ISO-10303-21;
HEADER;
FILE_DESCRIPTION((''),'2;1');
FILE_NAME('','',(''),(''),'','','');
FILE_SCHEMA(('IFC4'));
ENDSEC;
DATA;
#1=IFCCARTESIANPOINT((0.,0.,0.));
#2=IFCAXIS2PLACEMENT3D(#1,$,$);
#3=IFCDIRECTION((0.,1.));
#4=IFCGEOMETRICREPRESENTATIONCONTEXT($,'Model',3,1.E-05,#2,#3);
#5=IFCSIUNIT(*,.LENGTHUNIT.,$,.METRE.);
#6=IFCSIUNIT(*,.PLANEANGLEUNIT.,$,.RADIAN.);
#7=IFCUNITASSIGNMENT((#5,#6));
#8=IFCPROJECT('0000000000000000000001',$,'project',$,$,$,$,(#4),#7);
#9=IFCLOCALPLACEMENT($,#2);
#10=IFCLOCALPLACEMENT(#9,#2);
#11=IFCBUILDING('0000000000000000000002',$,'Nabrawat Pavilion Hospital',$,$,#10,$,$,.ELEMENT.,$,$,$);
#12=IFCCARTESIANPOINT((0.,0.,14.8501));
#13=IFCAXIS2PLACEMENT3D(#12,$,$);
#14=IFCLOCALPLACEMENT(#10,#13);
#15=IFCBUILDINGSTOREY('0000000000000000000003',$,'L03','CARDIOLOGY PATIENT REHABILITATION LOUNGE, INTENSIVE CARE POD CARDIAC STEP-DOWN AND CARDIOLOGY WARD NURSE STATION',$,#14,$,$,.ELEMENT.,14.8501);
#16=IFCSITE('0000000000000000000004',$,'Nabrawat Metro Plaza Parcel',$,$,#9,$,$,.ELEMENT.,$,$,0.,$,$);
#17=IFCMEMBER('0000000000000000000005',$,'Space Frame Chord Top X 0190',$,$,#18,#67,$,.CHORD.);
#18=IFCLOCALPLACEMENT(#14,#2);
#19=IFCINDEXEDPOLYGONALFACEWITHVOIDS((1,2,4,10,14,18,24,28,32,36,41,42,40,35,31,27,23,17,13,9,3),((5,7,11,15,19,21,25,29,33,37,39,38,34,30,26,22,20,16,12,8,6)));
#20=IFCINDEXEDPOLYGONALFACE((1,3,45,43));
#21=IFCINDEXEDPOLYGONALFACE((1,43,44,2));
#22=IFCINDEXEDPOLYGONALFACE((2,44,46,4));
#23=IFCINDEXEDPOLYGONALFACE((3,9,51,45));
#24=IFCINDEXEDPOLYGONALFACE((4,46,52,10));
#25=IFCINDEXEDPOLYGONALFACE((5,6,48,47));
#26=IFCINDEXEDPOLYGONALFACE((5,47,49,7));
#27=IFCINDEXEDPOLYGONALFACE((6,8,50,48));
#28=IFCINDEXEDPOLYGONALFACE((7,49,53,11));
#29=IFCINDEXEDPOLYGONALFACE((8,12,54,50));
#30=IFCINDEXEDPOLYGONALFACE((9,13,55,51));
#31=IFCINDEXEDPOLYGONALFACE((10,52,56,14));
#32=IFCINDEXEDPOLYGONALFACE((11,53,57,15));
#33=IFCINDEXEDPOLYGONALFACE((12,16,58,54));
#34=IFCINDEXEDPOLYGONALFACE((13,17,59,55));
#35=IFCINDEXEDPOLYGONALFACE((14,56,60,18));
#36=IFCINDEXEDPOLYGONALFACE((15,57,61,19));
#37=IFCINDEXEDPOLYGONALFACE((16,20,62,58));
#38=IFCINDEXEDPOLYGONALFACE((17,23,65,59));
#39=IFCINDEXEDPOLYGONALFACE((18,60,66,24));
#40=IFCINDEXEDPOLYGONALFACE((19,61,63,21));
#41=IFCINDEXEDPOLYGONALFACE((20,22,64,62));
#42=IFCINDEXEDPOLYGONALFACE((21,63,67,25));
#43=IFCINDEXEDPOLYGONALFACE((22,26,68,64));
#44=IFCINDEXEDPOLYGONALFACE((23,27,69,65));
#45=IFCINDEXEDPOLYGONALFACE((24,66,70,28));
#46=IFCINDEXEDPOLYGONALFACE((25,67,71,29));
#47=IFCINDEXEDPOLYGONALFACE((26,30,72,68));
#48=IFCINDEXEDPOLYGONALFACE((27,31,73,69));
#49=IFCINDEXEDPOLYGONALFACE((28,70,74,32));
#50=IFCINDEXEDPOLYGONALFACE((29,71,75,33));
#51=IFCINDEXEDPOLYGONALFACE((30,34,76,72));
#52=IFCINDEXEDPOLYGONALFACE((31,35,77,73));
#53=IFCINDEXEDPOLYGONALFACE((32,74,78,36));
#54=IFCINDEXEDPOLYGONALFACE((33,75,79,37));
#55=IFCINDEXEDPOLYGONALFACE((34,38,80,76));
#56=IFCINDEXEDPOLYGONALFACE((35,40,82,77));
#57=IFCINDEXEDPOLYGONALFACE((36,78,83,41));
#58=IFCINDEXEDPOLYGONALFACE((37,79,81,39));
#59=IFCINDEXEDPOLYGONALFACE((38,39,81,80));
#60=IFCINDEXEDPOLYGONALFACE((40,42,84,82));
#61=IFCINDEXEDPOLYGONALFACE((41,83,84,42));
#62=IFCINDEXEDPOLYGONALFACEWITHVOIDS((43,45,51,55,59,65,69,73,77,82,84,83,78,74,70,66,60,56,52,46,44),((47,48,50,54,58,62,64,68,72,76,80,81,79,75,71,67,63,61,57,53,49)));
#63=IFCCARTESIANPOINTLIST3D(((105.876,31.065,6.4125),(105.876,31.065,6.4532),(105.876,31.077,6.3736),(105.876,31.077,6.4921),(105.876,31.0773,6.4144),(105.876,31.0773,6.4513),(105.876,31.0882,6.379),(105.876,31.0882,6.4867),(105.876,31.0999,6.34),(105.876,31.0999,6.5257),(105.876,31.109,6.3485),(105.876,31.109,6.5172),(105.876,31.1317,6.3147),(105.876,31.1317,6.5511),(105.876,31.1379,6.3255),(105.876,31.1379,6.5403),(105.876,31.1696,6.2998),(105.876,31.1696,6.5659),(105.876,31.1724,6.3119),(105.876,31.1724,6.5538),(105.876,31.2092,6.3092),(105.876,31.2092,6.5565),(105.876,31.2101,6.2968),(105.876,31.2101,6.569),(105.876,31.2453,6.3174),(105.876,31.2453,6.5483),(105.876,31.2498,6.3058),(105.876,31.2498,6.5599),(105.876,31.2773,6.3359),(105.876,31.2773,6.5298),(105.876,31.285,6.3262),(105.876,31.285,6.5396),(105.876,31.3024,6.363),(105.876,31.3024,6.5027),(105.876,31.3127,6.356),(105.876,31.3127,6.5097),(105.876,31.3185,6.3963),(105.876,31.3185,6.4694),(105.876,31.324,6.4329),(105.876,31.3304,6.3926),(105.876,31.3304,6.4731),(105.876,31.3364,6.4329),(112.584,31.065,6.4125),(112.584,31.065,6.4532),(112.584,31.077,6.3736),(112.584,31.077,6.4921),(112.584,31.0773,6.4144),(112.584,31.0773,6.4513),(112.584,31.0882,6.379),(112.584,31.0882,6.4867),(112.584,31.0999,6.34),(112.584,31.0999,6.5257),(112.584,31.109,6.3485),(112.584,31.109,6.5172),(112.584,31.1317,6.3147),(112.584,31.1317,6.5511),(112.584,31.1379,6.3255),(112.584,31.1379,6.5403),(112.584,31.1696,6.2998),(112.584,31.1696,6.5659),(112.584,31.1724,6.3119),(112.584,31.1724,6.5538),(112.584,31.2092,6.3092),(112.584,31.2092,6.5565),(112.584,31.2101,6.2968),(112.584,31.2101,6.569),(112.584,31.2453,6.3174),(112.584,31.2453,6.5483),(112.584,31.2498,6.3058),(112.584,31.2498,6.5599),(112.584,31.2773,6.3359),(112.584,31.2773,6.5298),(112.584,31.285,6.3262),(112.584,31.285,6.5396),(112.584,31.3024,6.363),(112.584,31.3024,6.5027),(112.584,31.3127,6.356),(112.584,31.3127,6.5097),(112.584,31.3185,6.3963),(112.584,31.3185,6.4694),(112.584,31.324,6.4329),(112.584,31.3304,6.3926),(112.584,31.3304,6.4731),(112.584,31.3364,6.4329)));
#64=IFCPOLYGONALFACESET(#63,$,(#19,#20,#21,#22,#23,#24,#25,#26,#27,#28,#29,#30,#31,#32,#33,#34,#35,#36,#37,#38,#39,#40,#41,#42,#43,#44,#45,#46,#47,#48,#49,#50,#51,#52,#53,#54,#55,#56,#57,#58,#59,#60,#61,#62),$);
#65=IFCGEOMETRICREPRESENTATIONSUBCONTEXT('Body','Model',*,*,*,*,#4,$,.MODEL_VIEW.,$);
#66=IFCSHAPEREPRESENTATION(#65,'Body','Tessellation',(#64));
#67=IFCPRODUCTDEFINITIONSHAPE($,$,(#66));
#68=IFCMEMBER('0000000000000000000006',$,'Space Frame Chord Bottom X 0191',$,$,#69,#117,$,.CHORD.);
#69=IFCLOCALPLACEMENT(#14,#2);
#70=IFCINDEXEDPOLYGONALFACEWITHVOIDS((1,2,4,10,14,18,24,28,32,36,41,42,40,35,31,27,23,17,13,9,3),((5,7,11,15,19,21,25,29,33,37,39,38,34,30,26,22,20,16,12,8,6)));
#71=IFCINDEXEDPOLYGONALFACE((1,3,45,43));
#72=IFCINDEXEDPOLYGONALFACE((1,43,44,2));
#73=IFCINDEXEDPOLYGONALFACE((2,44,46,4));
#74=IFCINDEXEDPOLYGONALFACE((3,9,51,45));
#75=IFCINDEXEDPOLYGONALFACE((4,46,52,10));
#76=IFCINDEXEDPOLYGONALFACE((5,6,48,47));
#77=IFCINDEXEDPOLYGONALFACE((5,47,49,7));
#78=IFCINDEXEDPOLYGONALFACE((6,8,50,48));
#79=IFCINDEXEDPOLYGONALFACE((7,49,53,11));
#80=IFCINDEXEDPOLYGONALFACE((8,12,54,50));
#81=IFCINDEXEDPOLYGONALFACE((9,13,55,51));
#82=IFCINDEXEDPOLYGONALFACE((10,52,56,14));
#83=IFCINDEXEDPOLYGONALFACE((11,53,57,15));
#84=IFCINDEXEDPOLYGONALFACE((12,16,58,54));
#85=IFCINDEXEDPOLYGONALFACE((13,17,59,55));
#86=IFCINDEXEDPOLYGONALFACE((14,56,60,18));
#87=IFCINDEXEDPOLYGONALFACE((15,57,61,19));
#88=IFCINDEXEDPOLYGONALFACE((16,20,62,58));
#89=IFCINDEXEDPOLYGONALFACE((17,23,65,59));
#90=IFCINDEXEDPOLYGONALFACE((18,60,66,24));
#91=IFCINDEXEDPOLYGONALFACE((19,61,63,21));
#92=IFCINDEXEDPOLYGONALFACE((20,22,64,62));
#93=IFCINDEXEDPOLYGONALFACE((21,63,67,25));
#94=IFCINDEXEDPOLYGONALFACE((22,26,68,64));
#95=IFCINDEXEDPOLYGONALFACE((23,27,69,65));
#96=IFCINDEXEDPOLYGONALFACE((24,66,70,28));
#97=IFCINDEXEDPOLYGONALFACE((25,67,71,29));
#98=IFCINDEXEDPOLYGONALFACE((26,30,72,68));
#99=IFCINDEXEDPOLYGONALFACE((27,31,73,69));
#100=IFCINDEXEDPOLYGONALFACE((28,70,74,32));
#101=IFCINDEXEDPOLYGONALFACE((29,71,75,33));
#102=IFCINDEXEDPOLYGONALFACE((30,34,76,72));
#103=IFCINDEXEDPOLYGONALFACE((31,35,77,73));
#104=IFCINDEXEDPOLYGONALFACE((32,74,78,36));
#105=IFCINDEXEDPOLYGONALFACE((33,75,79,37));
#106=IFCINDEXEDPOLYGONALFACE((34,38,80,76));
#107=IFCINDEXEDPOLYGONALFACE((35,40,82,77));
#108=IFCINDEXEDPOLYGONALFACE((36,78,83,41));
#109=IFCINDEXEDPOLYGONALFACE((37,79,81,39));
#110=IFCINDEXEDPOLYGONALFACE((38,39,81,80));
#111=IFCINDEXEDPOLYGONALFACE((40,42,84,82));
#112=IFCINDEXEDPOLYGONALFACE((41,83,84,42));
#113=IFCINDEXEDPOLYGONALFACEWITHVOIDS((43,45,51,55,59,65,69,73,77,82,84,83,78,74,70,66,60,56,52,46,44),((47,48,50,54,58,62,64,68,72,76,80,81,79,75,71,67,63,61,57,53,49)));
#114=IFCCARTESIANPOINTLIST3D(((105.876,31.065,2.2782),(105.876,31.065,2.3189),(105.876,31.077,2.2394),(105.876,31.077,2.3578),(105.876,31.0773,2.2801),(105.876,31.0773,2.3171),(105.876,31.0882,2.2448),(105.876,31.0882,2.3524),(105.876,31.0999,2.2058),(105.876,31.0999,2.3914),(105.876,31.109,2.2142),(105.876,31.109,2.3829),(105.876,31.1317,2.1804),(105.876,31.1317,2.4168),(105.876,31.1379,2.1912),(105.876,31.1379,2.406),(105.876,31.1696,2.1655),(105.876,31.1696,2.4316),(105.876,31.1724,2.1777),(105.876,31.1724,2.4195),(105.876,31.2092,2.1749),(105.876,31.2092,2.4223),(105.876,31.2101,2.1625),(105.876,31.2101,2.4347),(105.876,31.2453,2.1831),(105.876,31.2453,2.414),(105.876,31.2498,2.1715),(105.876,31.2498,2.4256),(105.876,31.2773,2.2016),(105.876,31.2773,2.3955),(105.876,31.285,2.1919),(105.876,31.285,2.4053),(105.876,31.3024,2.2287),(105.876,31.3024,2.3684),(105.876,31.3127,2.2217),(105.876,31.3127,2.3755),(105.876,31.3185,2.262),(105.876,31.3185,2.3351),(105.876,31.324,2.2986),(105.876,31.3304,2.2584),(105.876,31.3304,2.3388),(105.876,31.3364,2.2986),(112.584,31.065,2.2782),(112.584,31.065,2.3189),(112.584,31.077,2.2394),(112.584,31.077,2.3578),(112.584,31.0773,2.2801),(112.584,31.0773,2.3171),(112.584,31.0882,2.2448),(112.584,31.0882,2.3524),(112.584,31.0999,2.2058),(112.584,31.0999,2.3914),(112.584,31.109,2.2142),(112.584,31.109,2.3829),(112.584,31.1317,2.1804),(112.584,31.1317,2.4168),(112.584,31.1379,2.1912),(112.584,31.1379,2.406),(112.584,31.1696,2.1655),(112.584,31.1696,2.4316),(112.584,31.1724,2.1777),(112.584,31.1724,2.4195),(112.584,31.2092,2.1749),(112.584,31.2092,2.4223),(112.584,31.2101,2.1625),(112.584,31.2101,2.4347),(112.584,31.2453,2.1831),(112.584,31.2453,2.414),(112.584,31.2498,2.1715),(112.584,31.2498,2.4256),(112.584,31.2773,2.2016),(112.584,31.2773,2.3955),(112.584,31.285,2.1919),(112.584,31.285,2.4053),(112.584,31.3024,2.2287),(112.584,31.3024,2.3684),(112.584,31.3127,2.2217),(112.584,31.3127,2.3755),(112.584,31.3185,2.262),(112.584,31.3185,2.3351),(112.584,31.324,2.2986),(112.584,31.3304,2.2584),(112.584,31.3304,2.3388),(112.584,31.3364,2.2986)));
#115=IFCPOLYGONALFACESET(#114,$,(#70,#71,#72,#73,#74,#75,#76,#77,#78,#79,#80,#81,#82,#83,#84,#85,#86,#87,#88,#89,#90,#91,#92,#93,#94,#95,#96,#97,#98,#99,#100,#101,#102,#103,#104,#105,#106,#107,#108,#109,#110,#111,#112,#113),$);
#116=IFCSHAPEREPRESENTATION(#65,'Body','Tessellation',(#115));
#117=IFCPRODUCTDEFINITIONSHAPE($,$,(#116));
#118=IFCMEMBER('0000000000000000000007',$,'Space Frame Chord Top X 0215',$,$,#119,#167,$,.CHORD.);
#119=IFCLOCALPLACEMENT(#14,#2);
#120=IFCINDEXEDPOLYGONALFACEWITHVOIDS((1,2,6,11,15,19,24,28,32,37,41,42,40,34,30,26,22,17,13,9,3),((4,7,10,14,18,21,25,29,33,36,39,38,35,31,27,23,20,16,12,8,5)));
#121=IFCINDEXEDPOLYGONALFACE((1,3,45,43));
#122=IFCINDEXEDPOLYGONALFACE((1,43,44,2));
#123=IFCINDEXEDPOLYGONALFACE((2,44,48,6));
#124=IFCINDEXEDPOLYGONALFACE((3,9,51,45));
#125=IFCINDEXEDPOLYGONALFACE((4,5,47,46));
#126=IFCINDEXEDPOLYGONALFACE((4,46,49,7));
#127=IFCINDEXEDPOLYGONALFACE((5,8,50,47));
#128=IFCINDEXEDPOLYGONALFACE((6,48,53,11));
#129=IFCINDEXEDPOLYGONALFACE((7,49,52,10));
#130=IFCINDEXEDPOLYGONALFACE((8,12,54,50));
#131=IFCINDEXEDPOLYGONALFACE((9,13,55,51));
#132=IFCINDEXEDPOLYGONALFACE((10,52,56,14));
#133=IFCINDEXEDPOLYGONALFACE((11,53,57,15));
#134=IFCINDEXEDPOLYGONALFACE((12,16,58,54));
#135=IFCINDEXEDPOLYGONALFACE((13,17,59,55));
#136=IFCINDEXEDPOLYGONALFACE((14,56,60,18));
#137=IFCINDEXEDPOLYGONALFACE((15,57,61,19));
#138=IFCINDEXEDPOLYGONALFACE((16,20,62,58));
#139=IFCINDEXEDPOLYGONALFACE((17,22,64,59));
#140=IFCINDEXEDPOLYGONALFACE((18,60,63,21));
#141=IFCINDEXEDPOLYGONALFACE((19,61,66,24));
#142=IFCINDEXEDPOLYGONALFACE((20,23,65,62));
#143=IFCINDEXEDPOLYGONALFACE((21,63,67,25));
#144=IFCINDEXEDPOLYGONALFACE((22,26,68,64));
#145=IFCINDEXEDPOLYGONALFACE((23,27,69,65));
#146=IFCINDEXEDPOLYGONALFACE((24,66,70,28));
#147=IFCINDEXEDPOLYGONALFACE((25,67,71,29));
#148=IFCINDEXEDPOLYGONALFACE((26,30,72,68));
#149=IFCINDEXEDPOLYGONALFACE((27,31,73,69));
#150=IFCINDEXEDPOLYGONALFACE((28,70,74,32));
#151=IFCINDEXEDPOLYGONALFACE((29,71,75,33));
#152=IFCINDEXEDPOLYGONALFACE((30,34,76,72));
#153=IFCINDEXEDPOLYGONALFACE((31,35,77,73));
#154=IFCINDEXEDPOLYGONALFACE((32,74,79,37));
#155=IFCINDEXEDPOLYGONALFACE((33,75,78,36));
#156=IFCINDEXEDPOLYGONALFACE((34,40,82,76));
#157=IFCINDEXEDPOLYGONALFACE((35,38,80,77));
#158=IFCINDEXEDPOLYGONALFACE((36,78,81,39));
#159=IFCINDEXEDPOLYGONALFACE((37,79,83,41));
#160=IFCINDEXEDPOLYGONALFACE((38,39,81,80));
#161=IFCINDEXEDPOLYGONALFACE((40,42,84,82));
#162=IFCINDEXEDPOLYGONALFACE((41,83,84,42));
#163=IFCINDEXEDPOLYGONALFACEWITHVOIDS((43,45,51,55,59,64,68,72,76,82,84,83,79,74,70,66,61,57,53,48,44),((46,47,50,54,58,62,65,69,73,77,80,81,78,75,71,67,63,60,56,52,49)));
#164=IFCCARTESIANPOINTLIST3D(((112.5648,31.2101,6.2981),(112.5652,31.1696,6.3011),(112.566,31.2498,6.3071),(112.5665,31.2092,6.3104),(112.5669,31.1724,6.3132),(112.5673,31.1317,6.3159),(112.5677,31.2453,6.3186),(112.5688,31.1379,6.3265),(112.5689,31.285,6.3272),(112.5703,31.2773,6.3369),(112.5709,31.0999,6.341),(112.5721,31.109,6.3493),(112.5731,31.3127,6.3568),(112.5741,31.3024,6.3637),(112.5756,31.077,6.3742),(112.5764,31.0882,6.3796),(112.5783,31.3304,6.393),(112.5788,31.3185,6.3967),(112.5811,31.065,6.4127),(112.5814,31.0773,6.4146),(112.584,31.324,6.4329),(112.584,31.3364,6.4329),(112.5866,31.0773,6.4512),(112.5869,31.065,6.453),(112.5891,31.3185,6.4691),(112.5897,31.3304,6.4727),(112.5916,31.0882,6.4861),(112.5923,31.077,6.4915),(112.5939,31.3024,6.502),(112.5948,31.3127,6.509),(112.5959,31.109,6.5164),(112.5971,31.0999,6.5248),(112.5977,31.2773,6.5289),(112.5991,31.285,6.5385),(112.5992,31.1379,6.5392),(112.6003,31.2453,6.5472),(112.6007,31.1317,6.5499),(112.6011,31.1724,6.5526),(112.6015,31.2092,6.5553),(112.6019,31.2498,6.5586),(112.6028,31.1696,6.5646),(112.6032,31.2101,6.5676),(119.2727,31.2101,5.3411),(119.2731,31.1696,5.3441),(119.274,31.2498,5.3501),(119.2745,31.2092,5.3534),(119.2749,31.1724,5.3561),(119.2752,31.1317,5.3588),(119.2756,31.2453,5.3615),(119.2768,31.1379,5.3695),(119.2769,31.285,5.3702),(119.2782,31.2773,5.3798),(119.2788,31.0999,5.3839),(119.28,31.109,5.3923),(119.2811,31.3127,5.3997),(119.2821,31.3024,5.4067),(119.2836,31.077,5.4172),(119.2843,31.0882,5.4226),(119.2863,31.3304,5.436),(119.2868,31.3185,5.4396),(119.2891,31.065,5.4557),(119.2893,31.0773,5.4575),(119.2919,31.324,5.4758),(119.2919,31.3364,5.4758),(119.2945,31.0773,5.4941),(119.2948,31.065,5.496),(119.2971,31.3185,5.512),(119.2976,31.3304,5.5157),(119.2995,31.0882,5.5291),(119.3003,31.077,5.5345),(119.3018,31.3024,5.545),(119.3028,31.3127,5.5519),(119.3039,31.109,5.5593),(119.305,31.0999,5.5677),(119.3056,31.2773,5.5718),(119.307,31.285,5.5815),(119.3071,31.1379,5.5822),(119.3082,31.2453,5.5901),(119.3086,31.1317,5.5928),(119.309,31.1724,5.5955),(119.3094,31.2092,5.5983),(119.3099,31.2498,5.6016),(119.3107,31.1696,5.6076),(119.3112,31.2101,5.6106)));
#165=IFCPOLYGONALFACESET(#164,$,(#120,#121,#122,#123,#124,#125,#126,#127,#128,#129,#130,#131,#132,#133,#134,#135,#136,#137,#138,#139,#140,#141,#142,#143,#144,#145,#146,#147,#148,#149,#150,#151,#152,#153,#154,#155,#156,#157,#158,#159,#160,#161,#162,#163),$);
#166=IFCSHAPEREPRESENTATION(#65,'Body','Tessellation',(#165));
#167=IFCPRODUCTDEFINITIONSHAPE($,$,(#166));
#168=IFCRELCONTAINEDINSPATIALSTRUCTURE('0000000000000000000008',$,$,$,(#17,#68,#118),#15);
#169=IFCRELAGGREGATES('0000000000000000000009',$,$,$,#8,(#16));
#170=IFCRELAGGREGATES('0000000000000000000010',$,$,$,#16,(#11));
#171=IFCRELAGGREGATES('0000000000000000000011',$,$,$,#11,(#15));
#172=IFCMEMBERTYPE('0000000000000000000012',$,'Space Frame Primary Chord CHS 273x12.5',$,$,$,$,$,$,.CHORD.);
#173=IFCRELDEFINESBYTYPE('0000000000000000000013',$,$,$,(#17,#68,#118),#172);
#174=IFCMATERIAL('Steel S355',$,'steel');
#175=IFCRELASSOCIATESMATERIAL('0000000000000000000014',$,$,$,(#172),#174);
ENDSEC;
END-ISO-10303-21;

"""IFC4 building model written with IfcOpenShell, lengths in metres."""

from ifc_helpers import new_model, si_unit, direction, frame, origin, origin_2d, place, context, subcontext, project, spatial, hollow_circle, extrude, material, material_profile, profile_set, type_object, element, save


model = new_model("IFC4")

# Units and contexts
model_context = context("Model", 3, precision=1e-05, world=origin(), true_north=direction((0.0, 1.0)))
body_context = subcontext(model_context, "Body", "Model", "MODEL_VIEW")
ifc_project = project(units=[si_unit("LENGTHUNIT", "METRE"), si_unit("PLANEANGLEUNIT", "RADIAN")], contexts=[model_context])

# Site, building, storey
site_placement = place(None, origin())
site = spatial("IfcSite", under=ifc_project, at=site_placement, Name="Nabrawat Metro Plaza Parcel", CompositionType="ELEMENT", RefElevation=0.0)
building_placement = place(site_placement, origin())
building = spatial("IfcBuilding", under=site, at=building_placement, Name="Nabrawat Pavilion Hospital", CompositionType="ELEMENT")
storey_placement = place(building_placement, frame((0.0, 0.0, 14.8501)))
storey = spatial("IfcBuildingStorey", under=building, at=storey_placement, Name="L03", Description="CARDIOLOGY PATIENT REHABILITATION LOUNGE, INTENSIVE CARE POD CARDIAC STEP-DOWN AND CARDIOLOGY WARD NURSE STATION", CompositionType="ELEMENT", Elevation=14.8501)

# Members
ifc_material = material(Name="Steel S355", Category="steel")
ifc_material_profile_1 = material_profile(ifc_material, hollow_circle(Radius=0.1365, WallThickness=0.0125, at=origin_2d()), Name="CHS 273x12.5")
ifc_profile_set_1 = profile_set([ifc_material_profile_1], Name="Steel S355")
member_type_1 = type_object("IfcMemberType", Name="Space Frame Primary Chord CHS 273x12.5", PredefinedType="CHORD", material=ifc_profile_set_1)
for number, where, z_axis, x_axis, name in (
    (1, (105.876, 31.2, 6.4329), (1.0, 0.0, 0.0), (0.0, 1.0, 0.0), "Space Frame Chord Top X 0190"),
    (2, (105.876, 31.2, 2.2986), (1.0, 0.0, 0.0), (0.0, 1.0, 0.0), "Space Frame Chord Bottom X 0191"),
):
    element("IfcMember", number, at=place(storey_placement, frame(where, z_axis=z_axis, x_axis=x_axis)), inside=storey, type_object=member_type_1, Name=name, PredefinedType="CHORD", context=body_context, shape_type="SweptSolid", body=[
        extrude(hollow_circle(Radius=0.1365, WallThickness=0.0125, at=origin_2d()), origin(), (0.0, 0.0, 1.0), 6.708),
    ])
member_1_placement = place(storey_placement, frame((112.584, 31.2, 6.4329), z_axis=(0.989975, 0.0, -0.14124), x_axis=(0.0, 1.0, 0.0)))
element("IfcMember", 3, at=member_1_placement, inside=storey, type_object=member_type_1, Name="Space Frame Chord Top X 0215", PredefinedType="CHORD", context=body_context, shape_type="SweptSolid", body=[
    extrude(hollow_circle(Radius=0.1365, WallThickness=0.0125, at=origin_2d()), origin(), (0.0, 0.0, 1.0), 6.7759),
])

save(model, "model.ifc")
